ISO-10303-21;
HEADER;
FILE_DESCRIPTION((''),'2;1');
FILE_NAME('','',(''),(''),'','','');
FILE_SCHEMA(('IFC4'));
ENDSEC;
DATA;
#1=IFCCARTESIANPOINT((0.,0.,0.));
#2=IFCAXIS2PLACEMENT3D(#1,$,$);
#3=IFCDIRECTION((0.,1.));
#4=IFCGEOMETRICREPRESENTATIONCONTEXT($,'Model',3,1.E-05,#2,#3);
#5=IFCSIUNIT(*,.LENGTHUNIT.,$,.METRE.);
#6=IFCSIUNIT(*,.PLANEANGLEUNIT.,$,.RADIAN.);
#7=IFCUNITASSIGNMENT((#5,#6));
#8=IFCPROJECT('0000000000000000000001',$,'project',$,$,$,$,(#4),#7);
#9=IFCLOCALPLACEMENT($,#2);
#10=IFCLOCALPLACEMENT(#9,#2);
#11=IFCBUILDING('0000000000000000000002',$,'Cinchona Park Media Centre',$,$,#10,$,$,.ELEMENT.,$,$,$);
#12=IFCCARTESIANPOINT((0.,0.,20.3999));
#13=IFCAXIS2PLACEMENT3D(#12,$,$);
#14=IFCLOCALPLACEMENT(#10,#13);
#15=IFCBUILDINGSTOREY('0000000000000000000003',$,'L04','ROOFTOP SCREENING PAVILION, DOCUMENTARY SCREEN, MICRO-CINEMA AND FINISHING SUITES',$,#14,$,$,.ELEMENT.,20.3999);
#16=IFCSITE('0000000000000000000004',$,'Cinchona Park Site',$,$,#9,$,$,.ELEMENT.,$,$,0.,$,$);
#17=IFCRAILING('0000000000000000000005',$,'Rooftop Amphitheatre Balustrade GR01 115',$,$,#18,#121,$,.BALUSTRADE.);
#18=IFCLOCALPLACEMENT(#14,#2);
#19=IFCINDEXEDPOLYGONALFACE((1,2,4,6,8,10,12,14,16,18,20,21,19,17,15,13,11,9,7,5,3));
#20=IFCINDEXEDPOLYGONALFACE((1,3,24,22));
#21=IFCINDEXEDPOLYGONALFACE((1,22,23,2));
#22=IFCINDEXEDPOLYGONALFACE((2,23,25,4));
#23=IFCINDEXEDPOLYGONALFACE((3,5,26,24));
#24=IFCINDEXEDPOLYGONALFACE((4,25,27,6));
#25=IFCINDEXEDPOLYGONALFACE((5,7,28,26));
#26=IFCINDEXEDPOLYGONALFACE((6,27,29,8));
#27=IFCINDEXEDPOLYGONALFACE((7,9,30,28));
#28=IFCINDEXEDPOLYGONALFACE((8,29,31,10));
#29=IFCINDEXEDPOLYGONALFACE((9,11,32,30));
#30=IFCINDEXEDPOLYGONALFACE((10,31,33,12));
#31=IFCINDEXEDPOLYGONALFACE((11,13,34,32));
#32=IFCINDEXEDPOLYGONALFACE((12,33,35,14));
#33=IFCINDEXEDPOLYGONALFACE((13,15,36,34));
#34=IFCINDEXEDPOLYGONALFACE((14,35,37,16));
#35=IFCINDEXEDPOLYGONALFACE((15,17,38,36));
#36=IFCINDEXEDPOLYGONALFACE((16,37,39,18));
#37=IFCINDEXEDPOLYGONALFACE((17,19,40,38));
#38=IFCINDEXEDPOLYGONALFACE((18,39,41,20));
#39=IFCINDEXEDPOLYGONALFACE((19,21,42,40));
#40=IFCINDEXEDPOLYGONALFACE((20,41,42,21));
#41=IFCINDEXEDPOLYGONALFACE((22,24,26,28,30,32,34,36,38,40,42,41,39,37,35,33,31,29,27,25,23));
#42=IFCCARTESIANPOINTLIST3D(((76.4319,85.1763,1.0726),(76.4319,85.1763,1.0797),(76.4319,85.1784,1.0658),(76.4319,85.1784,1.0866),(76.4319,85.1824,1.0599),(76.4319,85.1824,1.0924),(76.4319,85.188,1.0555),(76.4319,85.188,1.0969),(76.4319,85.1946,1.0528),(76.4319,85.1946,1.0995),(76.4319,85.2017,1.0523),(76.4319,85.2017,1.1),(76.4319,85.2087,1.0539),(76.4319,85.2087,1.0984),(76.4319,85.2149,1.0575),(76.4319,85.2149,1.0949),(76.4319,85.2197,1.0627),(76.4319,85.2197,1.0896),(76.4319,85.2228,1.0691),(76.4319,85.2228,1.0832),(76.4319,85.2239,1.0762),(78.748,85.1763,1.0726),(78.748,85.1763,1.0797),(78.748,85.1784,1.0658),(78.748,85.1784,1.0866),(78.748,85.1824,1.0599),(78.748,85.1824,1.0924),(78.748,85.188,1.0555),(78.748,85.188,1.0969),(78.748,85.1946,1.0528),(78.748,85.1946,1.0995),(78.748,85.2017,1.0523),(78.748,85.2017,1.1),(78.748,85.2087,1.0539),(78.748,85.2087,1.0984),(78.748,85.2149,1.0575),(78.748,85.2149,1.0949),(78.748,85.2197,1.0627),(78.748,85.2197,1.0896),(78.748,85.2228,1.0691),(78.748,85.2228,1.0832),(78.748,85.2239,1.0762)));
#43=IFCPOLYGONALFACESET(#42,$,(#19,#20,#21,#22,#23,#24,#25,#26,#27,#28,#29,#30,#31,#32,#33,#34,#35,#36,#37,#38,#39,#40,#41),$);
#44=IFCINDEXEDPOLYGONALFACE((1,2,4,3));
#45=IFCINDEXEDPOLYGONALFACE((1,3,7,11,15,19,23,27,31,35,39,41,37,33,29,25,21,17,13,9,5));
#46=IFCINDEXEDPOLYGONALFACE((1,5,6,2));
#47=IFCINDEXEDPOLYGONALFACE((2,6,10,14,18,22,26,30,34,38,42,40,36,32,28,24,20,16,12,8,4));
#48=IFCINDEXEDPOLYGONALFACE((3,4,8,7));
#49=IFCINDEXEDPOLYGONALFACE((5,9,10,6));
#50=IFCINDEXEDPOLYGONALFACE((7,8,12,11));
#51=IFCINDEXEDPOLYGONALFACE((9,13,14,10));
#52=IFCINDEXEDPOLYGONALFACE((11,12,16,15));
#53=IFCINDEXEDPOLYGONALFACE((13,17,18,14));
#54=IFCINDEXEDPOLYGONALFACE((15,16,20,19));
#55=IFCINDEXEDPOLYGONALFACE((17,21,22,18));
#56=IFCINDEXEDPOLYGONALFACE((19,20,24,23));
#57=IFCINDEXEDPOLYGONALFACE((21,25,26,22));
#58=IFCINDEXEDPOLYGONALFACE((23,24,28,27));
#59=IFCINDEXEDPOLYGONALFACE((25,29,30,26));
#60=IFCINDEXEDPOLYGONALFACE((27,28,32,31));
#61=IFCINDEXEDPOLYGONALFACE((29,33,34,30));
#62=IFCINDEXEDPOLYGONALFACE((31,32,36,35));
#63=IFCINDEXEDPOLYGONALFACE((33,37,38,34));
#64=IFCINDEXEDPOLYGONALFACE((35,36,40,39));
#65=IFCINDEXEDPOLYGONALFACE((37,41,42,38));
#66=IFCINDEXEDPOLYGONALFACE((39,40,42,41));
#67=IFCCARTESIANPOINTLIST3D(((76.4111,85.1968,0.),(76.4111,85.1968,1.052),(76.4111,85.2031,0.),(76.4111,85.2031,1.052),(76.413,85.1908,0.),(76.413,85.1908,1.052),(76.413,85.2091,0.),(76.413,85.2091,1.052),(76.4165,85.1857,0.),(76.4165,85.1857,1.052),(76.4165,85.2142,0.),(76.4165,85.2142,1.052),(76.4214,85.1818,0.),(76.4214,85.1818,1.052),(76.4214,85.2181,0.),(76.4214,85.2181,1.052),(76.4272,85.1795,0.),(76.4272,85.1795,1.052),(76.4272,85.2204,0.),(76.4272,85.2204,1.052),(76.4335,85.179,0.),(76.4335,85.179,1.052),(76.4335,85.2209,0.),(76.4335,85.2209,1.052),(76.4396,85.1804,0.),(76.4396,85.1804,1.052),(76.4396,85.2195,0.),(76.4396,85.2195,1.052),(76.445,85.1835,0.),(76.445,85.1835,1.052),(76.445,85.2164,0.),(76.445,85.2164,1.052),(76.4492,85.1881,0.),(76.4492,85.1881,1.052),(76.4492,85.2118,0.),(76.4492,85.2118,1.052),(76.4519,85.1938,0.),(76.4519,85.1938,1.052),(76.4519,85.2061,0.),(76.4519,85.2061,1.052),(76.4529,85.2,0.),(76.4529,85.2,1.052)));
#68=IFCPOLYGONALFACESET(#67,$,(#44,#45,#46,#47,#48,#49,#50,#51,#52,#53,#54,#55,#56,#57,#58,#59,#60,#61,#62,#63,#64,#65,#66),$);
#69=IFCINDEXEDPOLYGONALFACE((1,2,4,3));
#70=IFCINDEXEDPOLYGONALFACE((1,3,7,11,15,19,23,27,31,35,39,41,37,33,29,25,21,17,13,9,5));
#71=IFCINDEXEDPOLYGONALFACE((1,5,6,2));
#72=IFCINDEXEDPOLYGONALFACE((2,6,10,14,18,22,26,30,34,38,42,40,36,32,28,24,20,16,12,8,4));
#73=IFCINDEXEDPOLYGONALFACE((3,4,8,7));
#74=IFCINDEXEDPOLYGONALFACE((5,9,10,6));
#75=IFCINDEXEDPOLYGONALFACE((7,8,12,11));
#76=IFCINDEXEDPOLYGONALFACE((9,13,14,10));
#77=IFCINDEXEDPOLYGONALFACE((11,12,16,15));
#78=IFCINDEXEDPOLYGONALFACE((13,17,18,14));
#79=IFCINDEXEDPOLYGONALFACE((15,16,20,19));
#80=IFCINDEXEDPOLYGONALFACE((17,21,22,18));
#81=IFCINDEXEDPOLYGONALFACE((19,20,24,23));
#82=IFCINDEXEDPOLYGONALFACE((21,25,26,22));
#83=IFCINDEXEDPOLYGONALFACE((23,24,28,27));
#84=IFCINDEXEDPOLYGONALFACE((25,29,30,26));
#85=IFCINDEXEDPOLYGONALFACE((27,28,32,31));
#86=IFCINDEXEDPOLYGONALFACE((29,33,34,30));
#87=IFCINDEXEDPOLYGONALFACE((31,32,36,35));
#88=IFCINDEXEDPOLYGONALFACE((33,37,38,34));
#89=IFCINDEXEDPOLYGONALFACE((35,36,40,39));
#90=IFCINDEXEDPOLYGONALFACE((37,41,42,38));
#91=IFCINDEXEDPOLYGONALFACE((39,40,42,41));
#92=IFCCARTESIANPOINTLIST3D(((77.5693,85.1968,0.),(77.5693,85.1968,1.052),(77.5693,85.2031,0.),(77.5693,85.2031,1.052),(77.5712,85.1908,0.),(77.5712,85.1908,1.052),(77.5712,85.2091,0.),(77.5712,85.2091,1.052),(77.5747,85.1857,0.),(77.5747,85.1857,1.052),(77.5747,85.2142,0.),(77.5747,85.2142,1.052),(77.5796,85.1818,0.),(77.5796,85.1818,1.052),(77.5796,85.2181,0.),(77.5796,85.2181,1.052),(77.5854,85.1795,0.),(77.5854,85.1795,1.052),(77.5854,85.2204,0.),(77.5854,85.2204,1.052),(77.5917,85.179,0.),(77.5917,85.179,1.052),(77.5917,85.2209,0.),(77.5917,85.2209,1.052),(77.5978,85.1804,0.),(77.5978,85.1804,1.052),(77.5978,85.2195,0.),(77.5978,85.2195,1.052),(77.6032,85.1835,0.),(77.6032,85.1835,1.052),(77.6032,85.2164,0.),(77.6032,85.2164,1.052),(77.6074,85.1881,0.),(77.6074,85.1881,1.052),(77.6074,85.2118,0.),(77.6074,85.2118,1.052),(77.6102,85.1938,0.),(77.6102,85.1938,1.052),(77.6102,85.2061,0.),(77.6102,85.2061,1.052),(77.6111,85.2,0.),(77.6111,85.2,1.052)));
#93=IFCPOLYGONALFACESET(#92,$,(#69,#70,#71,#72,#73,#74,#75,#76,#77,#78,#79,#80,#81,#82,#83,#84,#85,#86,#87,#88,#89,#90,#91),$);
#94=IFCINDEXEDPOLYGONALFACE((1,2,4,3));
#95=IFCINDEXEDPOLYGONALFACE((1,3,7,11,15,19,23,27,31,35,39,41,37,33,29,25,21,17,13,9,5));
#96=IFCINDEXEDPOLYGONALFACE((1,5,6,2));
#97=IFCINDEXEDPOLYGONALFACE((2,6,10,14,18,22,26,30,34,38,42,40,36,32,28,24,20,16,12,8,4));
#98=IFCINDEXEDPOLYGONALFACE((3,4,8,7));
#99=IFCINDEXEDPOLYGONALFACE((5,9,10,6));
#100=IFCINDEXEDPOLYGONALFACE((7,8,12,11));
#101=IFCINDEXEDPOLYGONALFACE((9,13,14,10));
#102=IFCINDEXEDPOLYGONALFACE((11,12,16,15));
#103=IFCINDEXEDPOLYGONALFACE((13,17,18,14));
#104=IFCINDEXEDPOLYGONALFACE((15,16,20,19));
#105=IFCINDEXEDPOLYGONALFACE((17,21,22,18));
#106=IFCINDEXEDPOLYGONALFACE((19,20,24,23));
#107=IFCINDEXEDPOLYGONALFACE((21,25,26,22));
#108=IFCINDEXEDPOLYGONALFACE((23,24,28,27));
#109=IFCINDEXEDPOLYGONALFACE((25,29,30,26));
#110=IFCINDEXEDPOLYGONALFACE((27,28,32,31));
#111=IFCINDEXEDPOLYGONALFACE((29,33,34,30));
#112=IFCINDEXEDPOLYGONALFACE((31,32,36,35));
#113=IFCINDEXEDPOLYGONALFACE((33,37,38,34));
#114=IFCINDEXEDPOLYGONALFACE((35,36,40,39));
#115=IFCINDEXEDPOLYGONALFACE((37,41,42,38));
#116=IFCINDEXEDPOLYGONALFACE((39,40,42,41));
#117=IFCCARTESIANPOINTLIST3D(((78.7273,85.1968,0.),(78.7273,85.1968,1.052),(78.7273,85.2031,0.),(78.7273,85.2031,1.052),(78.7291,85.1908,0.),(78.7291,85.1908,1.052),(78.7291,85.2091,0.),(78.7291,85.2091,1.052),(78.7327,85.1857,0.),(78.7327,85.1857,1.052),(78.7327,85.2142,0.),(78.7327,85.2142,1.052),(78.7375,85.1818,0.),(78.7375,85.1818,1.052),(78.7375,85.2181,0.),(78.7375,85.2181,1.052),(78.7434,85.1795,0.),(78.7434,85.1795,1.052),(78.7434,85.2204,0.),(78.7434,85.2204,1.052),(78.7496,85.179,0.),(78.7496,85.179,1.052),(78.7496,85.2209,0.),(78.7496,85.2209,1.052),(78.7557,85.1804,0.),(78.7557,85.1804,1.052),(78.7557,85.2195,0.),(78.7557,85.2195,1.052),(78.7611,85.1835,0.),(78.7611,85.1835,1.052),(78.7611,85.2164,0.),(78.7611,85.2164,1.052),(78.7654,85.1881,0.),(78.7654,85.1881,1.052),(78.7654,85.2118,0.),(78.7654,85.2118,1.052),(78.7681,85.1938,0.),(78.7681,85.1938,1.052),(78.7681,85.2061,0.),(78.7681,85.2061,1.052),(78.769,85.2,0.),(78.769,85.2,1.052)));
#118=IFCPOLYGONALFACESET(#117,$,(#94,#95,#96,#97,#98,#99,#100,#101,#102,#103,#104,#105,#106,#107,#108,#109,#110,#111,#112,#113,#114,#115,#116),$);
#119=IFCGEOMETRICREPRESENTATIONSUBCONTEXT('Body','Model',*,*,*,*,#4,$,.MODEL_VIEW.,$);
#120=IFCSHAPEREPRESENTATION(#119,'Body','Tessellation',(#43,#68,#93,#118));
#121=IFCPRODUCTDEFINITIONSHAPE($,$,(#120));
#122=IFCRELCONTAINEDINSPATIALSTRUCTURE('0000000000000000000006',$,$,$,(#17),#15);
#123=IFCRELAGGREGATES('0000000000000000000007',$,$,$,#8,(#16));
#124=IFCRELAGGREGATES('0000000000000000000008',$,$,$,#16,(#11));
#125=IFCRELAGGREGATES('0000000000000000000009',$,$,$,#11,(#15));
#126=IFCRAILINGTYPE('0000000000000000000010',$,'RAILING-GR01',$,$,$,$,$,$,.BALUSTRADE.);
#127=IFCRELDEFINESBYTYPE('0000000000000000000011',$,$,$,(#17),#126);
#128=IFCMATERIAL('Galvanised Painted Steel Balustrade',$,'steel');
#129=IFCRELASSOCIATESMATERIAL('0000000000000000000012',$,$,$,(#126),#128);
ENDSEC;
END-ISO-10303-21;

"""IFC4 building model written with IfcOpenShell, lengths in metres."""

from ifc_helpers import new_model, si_unit, direction, frame, origin, origin_2d, place, context, subcontext, project, spatial, circle, extrude, material, type_object, element, save


model = new_model("IFC4")

# Units and contexts
model_context = context("Model", 3, precision=1e-05, world=origin(), true_north=direction((0.0, 1.0)))
body_context = subcontext(model_context, "Body", "Model", "MODEL_VIEW")
ifc_project = project(units=[si_unit("LENGTHUNIT", "METRE"), si_unit("PLANEANGLEUNIT", "RADIAN")], contexts=[model_context])

# Site, building, storey
site_placement = place(None, origin())
site = spatial("IfcSite", under=ifc_project, at=site_placement, Name="Cinchona Park Site", CompositionType="ELEMENT", RefElevation=0.0)
building_placement = place(site_placement, origin())
building = spatial("IfcBuilding", under=site, at=building_placement, Name="Cinchona Park Media Centre", CompositionType="ELEMENT")
storey_placement = place(building_placement, frame((0.0, 0.0, 20.3999)))
storey = spatial("IfcBuildingStorey", under=building, at=storey_placement, Name="L04", Description="ROOFTOP SCREENING PAVILION, DOCUMENTARY SCREEN, MICRO-CINEMA AND FINISHING SUITES", CompositionType="ELEMENT", Elevation=20.3999)

# Railing
ifc_material_1 = material(Name="Galvanised Painted Steel Balustrade", Category="steel")
railing_type_1 = type_object("IfcRailingType", Name="RAILING-GR01", PredefinedType="BALUSTRADE", material=ifc_material_1)
railing_1_placement = place(storey_placement, frame((76.4319, 85.2, 0.0)))
element("IfcRailing", 1, at=railing_1_placement, inside=storey, type_object=railing_type_1, Name="Rooftop Amphitheatre Balustrade GR01 115", PredefinedType="BALUSTRADE", context=body_context, shape_type="SweptSolid", body=[
    extrude(circle(Radius=0.0239, at=origin_2d()), frame((0.0, 0.0, 1.0762), z_axis=(1.0, 0.0, 0.0), x_axis=(0.0, 1.0, 0.0)), (0.0, 0.0, 1.0), 2.3162),
    extrude(circle(Radius=0.021, at=origin_2d()), origin(), (0.0, 0.0, 1.0), 1.052),
    extrude(circle(Radius=0.021, at=origin_2d()), frame((1.1582, 0.0, 0.0)), (0.0, 0.0, 1.0), 1.052),
    extrude(circle(Radius=0.021, at=origin_2d()), frame((2.3162, 0.0, 0.0)), (0.0, 0.0, 1.0), 1.052),
])

save(model, "model.ifc")
